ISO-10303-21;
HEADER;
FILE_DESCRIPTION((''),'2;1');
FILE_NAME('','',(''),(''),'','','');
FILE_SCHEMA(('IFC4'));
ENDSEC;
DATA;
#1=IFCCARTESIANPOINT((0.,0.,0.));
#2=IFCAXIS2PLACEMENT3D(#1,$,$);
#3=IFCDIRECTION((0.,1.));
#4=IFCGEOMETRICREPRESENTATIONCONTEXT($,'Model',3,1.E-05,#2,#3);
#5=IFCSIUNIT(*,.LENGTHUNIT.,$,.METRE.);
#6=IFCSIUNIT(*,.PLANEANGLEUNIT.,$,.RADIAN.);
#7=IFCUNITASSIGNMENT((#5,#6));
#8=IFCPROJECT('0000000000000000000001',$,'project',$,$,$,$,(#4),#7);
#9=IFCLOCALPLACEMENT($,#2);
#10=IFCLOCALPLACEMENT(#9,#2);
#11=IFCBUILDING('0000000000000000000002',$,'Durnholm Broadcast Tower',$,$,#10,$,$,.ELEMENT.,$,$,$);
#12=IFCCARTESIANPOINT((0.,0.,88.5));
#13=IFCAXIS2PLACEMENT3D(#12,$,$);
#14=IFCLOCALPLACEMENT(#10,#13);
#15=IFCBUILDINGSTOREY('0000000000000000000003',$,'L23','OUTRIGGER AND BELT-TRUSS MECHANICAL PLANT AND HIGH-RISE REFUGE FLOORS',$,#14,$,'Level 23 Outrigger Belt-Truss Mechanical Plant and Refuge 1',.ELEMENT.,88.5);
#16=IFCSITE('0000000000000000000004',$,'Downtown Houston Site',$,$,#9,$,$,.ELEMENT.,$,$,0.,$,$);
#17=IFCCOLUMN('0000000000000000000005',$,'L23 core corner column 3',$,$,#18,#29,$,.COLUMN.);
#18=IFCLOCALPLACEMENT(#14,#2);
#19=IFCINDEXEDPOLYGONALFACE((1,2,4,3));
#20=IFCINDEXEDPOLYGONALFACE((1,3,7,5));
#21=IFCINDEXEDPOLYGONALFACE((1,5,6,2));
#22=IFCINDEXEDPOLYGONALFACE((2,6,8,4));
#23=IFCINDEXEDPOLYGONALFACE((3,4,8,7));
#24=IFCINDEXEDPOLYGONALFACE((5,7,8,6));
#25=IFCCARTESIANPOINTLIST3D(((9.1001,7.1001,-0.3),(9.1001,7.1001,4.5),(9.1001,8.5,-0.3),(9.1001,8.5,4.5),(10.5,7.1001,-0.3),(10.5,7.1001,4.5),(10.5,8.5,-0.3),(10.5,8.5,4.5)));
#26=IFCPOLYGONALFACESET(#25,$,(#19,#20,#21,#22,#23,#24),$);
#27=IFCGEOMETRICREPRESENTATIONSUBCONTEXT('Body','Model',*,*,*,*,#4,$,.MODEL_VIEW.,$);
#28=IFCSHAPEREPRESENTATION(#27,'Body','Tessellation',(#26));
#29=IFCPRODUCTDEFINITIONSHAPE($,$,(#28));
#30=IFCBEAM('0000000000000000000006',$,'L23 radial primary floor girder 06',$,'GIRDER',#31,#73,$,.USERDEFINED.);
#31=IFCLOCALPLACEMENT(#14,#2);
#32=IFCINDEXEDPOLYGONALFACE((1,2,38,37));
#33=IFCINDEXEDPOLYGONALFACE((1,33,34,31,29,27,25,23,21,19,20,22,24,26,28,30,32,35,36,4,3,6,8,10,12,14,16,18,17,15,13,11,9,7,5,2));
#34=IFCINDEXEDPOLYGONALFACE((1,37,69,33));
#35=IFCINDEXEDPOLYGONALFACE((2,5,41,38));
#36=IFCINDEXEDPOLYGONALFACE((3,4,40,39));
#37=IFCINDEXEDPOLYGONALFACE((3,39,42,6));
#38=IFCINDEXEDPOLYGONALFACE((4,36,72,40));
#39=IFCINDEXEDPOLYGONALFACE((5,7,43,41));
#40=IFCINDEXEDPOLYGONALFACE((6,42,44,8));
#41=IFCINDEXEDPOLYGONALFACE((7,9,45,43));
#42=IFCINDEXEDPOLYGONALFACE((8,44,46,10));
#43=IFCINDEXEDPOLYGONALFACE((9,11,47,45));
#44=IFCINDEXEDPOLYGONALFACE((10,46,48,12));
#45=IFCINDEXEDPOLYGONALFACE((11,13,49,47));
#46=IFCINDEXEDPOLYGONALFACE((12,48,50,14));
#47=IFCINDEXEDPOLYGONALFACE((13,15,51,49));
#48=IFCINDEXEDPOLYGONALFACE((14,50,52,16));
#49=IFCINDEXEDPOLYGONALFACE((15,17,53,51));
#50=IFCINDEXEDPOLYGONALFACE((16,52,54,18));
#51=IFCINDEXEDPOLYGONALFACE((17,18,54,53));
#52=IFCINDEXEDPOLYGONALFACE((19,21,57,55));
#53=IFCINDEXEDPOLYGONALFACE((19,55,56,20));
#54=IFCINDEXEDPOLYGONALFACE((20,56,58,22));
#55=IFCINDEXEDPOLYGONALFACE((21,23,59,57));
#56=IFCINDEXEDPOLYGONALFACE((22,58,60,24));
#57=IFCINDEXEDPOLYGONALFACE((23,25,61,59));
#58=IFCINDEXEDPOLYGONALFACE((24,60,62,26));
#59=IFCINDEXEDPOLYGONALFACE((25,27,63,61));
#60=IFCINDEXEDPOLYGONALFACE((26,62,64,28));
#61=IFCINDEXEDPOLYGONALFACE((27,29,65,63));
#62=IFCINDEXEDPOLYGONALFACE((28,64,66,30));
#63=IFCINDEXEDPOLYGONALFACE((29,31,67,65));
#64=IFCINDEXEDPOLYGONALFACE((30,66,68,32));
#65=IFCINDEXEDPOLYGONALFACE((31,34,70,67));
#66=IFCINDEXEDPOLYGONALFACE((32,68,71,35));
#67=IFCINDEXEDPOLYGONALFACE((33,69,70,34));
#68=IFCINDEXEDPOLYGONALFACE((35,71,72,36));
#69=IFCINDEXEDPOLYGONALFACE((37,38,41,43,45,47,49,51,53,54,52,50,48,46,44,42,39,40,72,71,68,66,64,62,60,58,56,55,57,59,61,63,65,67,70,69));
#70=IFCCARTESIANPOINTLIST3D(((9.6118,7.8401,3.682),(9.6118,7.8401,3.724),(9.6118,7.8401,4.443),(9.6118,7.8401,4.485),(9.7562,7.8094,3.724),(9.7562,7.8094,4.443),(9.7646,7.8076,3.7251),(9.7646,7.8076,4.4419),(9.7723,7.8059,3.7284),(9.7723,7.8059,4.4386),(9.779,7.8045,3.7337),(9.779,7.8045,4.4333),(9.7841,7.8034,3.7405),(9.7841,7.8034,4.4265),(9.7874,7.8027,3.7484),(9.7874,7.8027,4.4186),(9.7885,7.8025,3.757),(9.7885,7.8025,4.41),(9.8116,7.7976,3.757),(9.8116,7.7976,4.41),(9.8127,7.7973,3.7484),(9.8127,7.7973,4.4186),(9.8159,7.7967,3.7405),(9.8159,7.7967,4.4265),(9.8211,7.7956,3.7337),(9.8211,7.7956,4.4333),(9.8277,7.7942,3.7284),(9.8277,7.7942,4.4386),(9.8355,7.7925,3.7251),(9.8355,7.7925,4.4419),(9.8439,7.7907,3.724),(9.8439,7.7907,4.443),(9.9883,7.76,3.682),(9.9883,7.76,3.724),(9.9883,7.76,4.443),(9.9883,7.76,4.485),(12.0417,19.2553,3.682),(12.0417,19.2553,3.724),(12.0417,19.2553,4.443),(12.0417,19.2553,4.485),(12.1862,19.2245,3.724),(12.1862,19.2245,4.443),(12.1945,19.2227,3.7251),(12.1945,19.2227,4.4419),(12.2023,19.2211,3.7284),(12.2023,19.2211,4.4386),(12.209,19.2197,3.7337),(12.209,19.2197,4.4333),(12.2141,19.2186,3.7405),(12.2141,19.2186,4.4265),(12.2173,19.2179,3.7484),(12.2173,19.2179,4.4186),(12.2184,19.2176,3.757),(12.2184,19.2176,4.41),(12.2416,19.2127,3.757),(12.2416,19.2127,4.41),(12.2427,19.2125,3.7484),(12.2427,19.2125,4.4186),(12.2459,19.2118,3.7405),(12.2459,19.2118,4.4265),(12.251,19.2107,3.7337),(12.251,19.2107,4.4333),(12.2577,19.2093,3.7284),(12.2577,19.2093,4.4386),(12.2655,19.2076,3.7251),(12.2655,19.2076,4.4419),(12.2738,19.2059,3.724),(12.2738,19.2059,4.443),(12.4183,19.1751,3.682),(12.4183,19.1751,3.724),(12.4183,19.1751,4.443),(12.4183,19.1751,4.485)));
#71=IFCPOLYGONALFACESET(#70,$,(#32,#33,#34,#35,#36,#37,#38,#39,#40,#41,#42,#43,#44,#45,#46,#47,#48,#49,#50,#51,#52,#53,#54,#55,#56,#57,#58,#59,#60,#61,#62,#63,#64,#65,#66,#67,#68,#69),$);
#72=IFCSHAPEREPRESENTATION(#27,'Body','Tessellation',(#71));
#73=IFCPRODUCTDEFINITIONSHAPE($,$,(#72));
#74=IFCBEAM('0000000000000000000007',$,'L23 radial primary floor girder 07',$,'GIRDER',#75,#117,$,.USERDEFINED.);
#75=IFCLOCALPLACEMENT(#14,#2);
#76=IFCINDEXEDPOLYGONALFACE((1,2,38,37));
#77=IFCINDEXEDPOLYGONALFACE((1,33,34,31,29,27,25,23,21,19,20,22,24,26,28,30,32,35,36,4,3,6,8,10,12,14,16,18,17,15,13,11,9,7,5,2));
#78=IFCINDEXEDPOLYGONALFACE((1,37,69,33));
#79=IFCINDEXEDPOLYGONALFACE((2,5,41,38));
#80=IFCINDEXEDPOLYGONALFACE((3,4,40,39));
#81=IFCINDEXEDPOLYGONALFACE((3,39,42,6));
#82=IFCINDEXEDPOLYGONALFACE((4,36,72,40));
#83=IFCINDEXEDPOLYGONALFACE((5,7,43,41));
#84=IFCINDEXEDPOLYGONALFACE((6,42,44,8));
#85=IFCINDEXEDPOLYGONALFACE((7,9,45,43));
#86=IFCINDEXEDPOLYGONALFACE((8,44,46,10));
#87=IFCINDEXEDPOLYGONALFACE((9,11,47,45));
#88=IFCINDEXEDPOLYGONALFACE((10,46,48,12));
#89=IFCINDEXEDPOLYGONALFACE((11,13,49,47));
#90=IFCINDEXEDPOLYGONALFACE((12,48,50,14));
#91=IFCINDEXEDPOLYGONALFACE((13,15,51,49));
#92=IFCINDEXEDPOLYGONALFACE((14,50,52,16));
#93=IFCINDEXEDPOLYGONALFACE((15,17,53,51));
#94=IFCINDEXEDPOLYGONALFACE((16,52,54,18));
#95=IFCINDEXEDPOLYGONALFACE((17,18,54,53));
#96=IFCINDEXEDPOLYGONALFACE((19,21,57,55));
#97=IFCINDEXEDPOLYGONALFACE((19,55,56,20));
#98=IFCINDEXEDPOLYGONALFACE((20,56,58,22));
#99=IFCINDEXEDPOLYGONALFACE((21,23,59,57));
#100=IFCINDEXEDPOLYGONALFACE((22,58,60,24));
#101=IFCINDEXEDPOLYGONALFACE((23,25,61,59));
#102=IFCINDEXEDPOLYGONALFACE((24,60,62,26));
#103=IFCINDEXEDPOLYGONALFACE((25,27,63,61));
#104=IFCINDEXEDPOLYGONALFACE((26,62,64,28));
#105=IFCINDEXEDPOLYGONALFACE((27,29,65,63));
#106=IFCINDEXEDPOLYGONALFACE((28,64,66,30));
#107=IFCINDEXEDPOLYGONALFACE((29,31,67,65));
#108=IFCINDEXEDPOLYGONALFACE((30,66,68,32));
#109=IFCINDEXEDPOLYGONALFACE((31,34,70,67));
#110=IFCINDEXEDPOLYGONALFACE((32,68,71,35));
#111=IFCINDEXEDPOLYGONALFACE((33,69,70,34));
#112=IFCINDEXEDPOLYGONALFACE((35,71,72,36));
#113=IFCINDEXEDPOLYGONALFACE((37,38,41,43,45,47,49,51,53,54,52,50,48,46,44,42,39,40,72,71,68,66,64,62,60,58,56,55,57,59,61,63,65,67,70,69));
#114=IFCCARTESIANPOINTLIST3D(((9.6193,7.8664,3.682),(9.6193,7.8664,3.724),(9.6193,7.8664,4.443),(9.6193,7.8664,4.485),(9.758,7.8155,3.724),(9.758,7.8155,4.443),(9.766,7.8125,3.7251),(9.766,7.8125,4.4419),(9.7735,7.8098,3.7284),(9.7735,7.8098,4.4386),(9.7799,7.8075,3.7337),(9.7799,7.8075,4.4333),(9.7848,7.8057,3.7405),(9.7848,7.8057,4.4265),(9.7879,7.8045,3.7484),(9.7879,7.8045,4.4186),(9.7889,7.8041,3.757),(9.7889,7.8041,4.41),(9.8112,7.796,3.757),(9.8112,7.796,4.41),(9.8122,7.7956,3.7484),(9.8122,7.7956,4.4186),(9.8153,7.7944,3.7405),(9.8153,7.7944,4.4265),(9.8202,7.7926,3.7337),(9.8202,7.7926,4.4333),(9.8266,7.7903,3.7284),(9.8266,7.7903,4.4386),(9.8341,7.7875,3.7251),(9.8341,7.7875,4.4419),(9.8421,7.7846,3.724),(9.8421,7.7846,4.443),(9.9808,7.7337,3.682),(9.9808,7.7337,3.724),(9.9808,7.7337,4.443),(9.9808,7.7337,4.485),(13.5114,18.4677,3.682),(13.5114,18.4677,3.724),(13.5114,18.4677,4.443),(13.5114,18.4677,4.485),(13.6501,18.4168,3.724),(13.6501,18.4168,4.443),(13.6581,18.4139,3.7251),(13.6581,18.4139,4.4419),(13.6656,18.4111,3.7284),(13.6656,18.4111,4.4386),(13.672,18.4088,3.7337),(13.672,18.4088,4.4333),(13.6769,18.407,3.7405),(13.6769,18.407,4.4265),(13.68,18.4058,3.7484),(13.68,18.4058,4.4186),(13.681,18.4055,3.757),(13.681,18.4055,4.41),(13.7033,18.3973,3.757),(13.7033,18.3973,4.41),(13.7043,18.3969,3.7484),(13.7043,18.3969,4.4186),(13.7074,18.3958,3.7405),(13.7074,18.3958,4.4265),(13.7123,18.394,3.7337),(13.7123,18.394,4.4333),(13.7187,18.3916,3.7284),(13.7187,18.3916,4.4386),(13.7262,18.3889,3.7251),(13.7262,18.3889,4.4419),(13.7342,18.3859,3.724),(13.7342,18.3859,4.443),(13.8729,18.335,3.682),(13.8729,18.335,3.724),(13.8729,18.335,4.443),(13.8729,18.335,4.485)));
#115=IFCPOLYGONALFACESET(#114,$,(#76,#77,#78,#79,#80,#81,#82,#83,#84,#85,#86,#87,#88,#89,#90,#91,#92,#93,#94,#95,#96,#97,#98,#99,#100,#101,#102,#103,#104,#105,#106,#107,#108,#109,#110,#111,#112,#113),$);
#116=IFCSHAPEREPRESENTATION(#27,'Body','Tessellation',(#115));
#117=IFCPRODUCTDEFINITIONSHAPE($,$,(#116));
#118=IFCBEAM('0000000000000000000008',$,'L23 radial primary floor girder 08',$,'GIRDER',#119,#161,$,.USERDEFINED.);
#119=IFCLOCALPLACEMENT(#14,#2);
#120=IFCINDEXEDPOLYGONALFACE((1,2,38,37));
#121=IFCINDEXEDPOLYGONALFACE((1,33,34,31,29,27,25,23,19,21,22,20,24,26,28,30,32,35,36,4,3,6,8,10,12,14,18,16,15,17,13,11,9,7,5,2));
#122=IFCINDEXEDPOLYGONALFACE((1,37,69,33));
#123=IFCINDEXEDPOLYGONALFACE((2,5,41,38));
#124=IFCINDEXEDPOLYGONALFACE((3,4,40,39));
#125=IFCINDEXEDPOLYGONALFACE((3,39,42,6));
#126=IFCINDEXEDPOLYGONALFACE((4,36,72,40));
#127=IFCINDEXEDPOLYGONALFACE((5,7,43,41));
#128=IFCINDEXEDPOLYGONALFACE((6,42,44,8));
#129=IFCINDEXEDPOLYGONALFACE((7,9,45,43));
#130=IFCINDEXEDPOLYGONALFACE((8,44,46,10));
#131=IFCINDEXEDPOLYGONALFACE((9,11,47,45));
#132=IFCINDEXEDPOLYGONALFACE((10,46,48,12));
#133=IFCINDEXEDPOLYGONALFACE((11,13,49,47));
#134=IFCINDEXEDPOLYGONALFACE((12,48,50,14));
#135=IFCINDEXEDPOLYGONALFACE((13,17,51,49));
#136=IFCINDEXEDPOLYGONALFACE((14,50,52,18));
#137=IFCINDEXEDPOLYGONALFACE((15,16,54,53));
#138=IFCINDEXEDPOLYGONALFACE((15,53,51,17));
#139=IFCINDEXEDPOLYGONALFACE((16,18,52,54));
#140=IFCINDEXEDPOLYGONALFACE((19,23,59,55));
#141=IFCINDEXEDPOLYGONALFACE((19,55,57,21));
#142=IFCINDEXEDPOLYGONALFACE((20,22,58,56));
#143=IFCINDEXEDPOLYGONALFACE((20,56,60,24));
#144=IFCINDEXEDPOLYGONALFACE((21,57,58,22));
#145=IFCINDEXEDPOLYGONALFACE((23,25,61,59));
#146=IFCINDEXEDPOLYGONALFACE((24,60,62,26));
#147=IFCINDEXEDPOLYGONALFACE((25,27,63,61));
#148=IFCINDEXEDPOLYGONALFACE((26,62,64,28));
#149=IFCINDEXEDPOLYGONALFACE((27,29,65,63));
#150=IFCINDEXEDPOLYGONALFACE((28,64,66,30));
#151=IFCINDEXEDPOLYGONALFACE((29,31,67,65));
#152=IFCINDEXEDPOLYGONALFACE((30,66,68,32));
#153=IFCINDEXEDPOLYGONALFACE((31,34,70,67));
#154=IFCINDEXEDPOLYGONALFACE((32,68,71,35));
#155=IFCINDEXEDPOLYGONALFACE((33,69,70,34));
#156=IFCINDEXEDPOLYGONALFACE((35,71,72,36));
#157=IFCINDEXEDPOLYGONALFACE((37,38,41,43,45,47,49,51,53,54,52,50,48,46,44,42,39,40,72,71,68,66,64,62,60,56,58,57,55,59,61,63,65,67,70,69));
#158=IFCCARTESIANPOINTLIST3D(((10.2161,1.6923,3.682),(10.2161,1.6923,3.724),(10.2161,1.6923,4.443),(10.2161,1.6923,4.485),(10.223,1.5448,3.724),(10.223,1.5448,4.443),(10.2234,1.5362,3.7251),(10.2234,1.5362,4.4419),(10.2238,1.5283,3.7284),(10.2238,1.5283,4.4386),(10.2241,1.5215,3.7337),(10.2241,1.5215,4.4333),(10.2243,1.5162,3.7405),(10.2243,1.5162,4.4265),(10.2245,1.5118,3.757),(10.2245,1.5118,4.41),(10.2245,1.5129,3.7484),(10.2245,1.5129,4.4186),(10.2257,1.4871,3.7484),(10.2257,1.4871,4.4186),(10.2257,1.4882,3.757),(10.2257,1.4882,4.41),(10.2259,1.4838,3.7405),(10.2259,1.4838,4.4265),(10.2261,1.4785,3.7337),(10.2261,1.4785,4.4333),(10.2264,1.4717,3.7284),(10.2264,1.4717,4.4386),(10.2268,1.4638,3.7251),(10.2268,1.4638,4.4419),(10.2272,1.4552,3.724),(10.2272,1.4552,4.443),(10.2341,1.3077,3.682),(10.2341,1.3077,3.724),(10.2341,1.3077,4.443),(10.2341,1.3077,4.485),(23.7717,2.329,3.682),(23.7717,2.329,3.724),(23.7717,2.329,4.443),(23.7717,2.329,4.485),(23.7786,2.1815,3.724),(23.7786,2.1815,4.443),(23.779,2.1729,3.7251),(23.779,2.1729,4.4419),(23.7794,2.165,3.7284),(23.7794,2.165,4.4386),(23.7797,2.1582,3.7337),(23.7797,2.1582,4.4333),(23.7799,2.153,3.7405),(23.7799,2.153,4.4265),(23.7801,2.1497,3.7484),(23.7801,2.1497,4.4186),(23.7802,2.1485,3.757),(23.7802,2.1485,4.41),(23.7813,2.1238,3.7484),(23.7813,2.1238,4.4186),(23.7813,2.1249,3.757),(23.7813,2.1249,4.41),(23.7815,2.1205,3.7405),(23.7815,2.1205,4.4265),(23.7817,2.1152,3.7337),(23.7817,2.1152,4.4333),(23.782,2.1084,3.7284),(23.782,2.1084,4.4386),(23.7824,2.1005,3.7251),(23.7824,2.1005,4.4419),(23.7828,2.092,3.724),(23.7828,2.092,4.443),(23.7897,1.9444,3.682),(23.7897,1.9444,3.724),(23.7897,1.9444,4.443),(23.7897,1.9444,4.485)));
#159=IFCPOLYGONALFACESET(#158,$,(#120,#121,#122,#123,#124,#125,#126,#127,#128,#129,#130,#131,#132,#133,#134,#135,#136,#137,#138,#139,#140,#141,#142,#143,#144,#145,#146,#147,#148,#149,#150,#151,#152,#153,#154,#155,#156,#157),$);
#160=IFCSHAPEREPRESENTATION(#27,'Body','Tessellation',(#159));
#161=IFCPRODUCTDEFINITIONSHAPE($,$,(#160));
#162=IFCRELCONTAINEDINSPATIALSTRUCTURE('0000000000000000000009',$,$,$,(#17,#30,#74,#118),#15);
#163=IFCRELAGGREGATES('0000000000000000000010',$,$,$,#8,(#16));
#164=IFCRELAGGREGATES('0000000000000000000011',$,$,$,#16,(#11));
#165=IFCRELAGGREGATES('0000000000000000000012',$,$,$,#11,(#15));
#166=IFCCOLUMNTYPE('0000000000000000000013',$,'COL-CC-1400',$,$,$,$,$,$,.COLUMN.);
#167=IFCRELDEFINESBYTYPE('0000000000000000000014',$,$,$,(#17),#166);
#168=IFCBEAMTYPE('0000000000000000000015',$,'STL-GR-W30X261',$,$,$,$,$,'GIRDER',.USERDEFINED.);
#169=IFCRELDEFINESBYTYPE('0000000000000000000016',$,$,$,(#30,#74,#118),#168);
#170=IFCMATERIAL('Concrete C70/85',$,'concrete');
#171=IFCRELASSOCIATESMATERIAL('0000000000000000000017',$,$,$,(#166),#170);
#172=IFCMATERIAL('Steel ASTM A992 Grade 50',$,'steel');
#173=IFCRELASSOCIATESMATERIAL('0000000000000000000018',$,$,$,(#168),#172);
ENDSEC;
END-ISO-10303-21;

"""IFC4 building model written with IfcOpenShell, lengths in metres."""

from ifc_helpers import new_model, si_unit, direction, frame, origin, origin_2d, place, context, subcontext, project, spatial, rectangle, i_section, extrude, source, transform, mapped, material, material_profile, profile_set, type_object, type_shapes, element, save


model = new_model("IFC4")

# Units and contexts
model_context = context("Model", 3, precision=1e-05, world=origin(), true_north=direction((0.0, 1.0)))
body_context = subcontext(model_context, "Body", "Model", "MODEL_VIEW")
ifc_project = project(units=[si_unit("LENGTHUNIT", "METRE"), si_unit("PLANEANGLEUNIT", "RADIAN")], contexts=[model_context])

# Site, building, storey
site_placement = place(None, origin())
site = spatial("IfcSite", under=ifc_project, at=site_placement, Name="Downtown Houston Site", CompositionType="ELEMENT", RefElevation=0.0)
building_placement = place(site_placement, origin())
building = spatial("IfcBuilding", under=site, at=building_placement, Name="Durnholm Broadcast Tower", CompositionType="ELEMENT")
storey_placement = place(building_placement, frame((0.0, 0.0, 88.5)))
storey = spatial("IfcBuildingStorey", under=building, at=storey_placement, Name="L23", Description="OUTRIGGER AND BELT-TRUSS MECHANICAL PLANT AND HIGH-RISE REFUGE FLOORS", LongName="Level 23 Outrigger Belt-Truss Mechanical Plant and Refuge 1", CompositionType="ELEMENT", Elevation=88.5)

# Column
ifc_material_1 = material(Name="Concrete C70/85", Category="concrete")
ifc_material_profile_1 = material_profile(ifc_material_1, rectangle(XDim=1.3999, YDim=1.3999, at=origin_2d()), Name="RC1400X1400")
ifc_profile_set_1 = profile_set([ifc_material_profile_1], Name="Concrete C70/85")
column_type = type_object("IfcColumnType", Name="COL-CC-1400", PredefinedType="COLUMN", material=ifc_profile_set_1)
shared_shape_1 = source(origin(), body_context, "Body", "SweptSolid", [
    extrude(rectangle(XDim=1.3999, YDim=1.3999, at=origin_2d()), origin(), (0.0, 0.0, 1.0), 4.8),
])
type_shapes(column_type, [shared_shape_1])
column_placement = place(storey_placement, frame((9.8, 7.8, -0.3), z_axis=(0.0, 0.0, 1.0), x_axis=(1.0, 0.0, 0.0)))
element("IfcColumn", 1, at=column_placement, inside=storey, type_object=column_type, Name="L23 core corner column 3", PredefinedType="COLUMN", context=body_context, shape_type="MappedRepresentation", body=[
    mapped(shared_shape_1, transform((0.0, 0.0, 0.0), x_axis=(1.0, 0.0, 0.0), y_axis=(0.0, 1.0, 0.0), z_axis=(0.0, 0.0, 1.0), scale=1.0)),
])

# Beams
ifc_material_2 = material(Name="Steel ASTM A992 Grade 50", Category="steel")
ifc_material_profile_2 = material_profile(ifc_material_2, i_section(OverallWidth=0.385, OverallDepth=0.803, WebThickness=0.0237, FlangeThickness=0.042, FilletRadius=0.033, at=origin_2d()), Name="W30X261")
ifc_profile_set_2 = profile_set([ifc_material_profile_2], Name="Steel ASTM A992 Grade 50")
beam_type_1 = type_object("IfcBeamType", Name="STL-GR-W30X261", ElementType="GIRDER", PredefinedType="USERDEFINED", material=ifc_profile_set_2)
shared_shape_2 = source(origin(), body_context, "Body", "SweptSolid", [
    extrude(i_section(OverallWidth=0.385, OverallDepth=0.803, WebThickness=0.0237, FlangeThickness=0.042, FilletRadius=0.033, at=origin_2d()), origin(), (0.0, 0.0, 1.0), 11.6709),
])
beam_1_placement = place(storey_placement, frame((9.8, 7.8, 4.0835), z_axis=(0.208206, 0.978085, 0.0), x_axis=(-0.978085, 0.208206, 0.0)))
element("IfcBeam", 2, at=beam_1_placement, inside=storey, type_object=beam_type_1, Name="L23 radial primary floor girder 06", ObjectType="GIRDER", PredefinedType="USERDEFINED", context=body_context, shape_type="MappedRepresentation", body=[
    mapped(shared_shape_2, transform((0.0, 0.0, 0.0), x_axis=(1.0, 0.0, 0.0), y_axis=(0.0, 1.0, 0.0), z_axis=(0.0, 0.0, 1.0), scale=1.0)),
])
shared_shape_3 = source(origin(), body_context, "Body", "SweptSolid", [
    extrude(i_section(OverallWidth=0.385, OverallDepth=0.803, WebThickness=0.0237, FlangeThickness=0.042, FilletRadius=0.033, at=origin_2d()), origin(), (0.0, 0.0, 1.0), 11.2932),
])
beam_2_placement = place(storey_placement, frame((9.8, 7.8, 4.0835), z_axis=(0.34464, 0.938735, 0.0), x_axis=(-0.938735, 0.34464, 0.0)))
element("IfcBeam", 3, at=beam_2_placement, inside=storey, type_object=beam_type_1, Name="L23 radial primary floor girder 07", ObjectType="GIRDER", PredefinedType="USERDEFINED", context=body_context, shape_type="MappedRepresentation", body=[
    mapped(shared_shape_3, transform((0.0, 0.0, 0.0), x_axis=(1.0, 0.0, 0.0), y_axis=(0.0, 1.0, 0.0), z_axis=(0.0, 0.0, 1.0), scale=1.0)),
])
shared_shape_4 = source(origin(), body_context, "Body", "SweptSolid", [
    extrude(i_section(OverallWidth=0.385, OverallDepth=0.803, WebThickness=0.0237, FlangeThickness=0.042, FilletRadius=0.033, at=origin_2d()), origin(), (0.0, 0.0, 1.0), 13.5706),
])
beam_3_placement = place(storey_placement, frame((10.2251, 1.5, 4.0835), z_axis=(0.998899, 0.046919, 0.0), x_axis=(-0.046919, 0.998899, 0.0)))
element("IfcBeam", 4, at=beam_3_placement, inside=storey, type_object=beam_type_1, Name="L23 radial primary floor girder 08", ObjectType="GIRDER", PredefinedType="USERDEFINED", context=body_context, shape_type="MappedRepresentation", body=[
    mapped(shared_shape_4, transform((0.0, 0.0, 0.0), x_axis=(1.0, 0.0, 0.0), y_axis=(0.0, 1.0, 0.0), z_axis=(0.0, 0.0, 1.0), scale=1.0)),
])

save(model, "model.ifc")
